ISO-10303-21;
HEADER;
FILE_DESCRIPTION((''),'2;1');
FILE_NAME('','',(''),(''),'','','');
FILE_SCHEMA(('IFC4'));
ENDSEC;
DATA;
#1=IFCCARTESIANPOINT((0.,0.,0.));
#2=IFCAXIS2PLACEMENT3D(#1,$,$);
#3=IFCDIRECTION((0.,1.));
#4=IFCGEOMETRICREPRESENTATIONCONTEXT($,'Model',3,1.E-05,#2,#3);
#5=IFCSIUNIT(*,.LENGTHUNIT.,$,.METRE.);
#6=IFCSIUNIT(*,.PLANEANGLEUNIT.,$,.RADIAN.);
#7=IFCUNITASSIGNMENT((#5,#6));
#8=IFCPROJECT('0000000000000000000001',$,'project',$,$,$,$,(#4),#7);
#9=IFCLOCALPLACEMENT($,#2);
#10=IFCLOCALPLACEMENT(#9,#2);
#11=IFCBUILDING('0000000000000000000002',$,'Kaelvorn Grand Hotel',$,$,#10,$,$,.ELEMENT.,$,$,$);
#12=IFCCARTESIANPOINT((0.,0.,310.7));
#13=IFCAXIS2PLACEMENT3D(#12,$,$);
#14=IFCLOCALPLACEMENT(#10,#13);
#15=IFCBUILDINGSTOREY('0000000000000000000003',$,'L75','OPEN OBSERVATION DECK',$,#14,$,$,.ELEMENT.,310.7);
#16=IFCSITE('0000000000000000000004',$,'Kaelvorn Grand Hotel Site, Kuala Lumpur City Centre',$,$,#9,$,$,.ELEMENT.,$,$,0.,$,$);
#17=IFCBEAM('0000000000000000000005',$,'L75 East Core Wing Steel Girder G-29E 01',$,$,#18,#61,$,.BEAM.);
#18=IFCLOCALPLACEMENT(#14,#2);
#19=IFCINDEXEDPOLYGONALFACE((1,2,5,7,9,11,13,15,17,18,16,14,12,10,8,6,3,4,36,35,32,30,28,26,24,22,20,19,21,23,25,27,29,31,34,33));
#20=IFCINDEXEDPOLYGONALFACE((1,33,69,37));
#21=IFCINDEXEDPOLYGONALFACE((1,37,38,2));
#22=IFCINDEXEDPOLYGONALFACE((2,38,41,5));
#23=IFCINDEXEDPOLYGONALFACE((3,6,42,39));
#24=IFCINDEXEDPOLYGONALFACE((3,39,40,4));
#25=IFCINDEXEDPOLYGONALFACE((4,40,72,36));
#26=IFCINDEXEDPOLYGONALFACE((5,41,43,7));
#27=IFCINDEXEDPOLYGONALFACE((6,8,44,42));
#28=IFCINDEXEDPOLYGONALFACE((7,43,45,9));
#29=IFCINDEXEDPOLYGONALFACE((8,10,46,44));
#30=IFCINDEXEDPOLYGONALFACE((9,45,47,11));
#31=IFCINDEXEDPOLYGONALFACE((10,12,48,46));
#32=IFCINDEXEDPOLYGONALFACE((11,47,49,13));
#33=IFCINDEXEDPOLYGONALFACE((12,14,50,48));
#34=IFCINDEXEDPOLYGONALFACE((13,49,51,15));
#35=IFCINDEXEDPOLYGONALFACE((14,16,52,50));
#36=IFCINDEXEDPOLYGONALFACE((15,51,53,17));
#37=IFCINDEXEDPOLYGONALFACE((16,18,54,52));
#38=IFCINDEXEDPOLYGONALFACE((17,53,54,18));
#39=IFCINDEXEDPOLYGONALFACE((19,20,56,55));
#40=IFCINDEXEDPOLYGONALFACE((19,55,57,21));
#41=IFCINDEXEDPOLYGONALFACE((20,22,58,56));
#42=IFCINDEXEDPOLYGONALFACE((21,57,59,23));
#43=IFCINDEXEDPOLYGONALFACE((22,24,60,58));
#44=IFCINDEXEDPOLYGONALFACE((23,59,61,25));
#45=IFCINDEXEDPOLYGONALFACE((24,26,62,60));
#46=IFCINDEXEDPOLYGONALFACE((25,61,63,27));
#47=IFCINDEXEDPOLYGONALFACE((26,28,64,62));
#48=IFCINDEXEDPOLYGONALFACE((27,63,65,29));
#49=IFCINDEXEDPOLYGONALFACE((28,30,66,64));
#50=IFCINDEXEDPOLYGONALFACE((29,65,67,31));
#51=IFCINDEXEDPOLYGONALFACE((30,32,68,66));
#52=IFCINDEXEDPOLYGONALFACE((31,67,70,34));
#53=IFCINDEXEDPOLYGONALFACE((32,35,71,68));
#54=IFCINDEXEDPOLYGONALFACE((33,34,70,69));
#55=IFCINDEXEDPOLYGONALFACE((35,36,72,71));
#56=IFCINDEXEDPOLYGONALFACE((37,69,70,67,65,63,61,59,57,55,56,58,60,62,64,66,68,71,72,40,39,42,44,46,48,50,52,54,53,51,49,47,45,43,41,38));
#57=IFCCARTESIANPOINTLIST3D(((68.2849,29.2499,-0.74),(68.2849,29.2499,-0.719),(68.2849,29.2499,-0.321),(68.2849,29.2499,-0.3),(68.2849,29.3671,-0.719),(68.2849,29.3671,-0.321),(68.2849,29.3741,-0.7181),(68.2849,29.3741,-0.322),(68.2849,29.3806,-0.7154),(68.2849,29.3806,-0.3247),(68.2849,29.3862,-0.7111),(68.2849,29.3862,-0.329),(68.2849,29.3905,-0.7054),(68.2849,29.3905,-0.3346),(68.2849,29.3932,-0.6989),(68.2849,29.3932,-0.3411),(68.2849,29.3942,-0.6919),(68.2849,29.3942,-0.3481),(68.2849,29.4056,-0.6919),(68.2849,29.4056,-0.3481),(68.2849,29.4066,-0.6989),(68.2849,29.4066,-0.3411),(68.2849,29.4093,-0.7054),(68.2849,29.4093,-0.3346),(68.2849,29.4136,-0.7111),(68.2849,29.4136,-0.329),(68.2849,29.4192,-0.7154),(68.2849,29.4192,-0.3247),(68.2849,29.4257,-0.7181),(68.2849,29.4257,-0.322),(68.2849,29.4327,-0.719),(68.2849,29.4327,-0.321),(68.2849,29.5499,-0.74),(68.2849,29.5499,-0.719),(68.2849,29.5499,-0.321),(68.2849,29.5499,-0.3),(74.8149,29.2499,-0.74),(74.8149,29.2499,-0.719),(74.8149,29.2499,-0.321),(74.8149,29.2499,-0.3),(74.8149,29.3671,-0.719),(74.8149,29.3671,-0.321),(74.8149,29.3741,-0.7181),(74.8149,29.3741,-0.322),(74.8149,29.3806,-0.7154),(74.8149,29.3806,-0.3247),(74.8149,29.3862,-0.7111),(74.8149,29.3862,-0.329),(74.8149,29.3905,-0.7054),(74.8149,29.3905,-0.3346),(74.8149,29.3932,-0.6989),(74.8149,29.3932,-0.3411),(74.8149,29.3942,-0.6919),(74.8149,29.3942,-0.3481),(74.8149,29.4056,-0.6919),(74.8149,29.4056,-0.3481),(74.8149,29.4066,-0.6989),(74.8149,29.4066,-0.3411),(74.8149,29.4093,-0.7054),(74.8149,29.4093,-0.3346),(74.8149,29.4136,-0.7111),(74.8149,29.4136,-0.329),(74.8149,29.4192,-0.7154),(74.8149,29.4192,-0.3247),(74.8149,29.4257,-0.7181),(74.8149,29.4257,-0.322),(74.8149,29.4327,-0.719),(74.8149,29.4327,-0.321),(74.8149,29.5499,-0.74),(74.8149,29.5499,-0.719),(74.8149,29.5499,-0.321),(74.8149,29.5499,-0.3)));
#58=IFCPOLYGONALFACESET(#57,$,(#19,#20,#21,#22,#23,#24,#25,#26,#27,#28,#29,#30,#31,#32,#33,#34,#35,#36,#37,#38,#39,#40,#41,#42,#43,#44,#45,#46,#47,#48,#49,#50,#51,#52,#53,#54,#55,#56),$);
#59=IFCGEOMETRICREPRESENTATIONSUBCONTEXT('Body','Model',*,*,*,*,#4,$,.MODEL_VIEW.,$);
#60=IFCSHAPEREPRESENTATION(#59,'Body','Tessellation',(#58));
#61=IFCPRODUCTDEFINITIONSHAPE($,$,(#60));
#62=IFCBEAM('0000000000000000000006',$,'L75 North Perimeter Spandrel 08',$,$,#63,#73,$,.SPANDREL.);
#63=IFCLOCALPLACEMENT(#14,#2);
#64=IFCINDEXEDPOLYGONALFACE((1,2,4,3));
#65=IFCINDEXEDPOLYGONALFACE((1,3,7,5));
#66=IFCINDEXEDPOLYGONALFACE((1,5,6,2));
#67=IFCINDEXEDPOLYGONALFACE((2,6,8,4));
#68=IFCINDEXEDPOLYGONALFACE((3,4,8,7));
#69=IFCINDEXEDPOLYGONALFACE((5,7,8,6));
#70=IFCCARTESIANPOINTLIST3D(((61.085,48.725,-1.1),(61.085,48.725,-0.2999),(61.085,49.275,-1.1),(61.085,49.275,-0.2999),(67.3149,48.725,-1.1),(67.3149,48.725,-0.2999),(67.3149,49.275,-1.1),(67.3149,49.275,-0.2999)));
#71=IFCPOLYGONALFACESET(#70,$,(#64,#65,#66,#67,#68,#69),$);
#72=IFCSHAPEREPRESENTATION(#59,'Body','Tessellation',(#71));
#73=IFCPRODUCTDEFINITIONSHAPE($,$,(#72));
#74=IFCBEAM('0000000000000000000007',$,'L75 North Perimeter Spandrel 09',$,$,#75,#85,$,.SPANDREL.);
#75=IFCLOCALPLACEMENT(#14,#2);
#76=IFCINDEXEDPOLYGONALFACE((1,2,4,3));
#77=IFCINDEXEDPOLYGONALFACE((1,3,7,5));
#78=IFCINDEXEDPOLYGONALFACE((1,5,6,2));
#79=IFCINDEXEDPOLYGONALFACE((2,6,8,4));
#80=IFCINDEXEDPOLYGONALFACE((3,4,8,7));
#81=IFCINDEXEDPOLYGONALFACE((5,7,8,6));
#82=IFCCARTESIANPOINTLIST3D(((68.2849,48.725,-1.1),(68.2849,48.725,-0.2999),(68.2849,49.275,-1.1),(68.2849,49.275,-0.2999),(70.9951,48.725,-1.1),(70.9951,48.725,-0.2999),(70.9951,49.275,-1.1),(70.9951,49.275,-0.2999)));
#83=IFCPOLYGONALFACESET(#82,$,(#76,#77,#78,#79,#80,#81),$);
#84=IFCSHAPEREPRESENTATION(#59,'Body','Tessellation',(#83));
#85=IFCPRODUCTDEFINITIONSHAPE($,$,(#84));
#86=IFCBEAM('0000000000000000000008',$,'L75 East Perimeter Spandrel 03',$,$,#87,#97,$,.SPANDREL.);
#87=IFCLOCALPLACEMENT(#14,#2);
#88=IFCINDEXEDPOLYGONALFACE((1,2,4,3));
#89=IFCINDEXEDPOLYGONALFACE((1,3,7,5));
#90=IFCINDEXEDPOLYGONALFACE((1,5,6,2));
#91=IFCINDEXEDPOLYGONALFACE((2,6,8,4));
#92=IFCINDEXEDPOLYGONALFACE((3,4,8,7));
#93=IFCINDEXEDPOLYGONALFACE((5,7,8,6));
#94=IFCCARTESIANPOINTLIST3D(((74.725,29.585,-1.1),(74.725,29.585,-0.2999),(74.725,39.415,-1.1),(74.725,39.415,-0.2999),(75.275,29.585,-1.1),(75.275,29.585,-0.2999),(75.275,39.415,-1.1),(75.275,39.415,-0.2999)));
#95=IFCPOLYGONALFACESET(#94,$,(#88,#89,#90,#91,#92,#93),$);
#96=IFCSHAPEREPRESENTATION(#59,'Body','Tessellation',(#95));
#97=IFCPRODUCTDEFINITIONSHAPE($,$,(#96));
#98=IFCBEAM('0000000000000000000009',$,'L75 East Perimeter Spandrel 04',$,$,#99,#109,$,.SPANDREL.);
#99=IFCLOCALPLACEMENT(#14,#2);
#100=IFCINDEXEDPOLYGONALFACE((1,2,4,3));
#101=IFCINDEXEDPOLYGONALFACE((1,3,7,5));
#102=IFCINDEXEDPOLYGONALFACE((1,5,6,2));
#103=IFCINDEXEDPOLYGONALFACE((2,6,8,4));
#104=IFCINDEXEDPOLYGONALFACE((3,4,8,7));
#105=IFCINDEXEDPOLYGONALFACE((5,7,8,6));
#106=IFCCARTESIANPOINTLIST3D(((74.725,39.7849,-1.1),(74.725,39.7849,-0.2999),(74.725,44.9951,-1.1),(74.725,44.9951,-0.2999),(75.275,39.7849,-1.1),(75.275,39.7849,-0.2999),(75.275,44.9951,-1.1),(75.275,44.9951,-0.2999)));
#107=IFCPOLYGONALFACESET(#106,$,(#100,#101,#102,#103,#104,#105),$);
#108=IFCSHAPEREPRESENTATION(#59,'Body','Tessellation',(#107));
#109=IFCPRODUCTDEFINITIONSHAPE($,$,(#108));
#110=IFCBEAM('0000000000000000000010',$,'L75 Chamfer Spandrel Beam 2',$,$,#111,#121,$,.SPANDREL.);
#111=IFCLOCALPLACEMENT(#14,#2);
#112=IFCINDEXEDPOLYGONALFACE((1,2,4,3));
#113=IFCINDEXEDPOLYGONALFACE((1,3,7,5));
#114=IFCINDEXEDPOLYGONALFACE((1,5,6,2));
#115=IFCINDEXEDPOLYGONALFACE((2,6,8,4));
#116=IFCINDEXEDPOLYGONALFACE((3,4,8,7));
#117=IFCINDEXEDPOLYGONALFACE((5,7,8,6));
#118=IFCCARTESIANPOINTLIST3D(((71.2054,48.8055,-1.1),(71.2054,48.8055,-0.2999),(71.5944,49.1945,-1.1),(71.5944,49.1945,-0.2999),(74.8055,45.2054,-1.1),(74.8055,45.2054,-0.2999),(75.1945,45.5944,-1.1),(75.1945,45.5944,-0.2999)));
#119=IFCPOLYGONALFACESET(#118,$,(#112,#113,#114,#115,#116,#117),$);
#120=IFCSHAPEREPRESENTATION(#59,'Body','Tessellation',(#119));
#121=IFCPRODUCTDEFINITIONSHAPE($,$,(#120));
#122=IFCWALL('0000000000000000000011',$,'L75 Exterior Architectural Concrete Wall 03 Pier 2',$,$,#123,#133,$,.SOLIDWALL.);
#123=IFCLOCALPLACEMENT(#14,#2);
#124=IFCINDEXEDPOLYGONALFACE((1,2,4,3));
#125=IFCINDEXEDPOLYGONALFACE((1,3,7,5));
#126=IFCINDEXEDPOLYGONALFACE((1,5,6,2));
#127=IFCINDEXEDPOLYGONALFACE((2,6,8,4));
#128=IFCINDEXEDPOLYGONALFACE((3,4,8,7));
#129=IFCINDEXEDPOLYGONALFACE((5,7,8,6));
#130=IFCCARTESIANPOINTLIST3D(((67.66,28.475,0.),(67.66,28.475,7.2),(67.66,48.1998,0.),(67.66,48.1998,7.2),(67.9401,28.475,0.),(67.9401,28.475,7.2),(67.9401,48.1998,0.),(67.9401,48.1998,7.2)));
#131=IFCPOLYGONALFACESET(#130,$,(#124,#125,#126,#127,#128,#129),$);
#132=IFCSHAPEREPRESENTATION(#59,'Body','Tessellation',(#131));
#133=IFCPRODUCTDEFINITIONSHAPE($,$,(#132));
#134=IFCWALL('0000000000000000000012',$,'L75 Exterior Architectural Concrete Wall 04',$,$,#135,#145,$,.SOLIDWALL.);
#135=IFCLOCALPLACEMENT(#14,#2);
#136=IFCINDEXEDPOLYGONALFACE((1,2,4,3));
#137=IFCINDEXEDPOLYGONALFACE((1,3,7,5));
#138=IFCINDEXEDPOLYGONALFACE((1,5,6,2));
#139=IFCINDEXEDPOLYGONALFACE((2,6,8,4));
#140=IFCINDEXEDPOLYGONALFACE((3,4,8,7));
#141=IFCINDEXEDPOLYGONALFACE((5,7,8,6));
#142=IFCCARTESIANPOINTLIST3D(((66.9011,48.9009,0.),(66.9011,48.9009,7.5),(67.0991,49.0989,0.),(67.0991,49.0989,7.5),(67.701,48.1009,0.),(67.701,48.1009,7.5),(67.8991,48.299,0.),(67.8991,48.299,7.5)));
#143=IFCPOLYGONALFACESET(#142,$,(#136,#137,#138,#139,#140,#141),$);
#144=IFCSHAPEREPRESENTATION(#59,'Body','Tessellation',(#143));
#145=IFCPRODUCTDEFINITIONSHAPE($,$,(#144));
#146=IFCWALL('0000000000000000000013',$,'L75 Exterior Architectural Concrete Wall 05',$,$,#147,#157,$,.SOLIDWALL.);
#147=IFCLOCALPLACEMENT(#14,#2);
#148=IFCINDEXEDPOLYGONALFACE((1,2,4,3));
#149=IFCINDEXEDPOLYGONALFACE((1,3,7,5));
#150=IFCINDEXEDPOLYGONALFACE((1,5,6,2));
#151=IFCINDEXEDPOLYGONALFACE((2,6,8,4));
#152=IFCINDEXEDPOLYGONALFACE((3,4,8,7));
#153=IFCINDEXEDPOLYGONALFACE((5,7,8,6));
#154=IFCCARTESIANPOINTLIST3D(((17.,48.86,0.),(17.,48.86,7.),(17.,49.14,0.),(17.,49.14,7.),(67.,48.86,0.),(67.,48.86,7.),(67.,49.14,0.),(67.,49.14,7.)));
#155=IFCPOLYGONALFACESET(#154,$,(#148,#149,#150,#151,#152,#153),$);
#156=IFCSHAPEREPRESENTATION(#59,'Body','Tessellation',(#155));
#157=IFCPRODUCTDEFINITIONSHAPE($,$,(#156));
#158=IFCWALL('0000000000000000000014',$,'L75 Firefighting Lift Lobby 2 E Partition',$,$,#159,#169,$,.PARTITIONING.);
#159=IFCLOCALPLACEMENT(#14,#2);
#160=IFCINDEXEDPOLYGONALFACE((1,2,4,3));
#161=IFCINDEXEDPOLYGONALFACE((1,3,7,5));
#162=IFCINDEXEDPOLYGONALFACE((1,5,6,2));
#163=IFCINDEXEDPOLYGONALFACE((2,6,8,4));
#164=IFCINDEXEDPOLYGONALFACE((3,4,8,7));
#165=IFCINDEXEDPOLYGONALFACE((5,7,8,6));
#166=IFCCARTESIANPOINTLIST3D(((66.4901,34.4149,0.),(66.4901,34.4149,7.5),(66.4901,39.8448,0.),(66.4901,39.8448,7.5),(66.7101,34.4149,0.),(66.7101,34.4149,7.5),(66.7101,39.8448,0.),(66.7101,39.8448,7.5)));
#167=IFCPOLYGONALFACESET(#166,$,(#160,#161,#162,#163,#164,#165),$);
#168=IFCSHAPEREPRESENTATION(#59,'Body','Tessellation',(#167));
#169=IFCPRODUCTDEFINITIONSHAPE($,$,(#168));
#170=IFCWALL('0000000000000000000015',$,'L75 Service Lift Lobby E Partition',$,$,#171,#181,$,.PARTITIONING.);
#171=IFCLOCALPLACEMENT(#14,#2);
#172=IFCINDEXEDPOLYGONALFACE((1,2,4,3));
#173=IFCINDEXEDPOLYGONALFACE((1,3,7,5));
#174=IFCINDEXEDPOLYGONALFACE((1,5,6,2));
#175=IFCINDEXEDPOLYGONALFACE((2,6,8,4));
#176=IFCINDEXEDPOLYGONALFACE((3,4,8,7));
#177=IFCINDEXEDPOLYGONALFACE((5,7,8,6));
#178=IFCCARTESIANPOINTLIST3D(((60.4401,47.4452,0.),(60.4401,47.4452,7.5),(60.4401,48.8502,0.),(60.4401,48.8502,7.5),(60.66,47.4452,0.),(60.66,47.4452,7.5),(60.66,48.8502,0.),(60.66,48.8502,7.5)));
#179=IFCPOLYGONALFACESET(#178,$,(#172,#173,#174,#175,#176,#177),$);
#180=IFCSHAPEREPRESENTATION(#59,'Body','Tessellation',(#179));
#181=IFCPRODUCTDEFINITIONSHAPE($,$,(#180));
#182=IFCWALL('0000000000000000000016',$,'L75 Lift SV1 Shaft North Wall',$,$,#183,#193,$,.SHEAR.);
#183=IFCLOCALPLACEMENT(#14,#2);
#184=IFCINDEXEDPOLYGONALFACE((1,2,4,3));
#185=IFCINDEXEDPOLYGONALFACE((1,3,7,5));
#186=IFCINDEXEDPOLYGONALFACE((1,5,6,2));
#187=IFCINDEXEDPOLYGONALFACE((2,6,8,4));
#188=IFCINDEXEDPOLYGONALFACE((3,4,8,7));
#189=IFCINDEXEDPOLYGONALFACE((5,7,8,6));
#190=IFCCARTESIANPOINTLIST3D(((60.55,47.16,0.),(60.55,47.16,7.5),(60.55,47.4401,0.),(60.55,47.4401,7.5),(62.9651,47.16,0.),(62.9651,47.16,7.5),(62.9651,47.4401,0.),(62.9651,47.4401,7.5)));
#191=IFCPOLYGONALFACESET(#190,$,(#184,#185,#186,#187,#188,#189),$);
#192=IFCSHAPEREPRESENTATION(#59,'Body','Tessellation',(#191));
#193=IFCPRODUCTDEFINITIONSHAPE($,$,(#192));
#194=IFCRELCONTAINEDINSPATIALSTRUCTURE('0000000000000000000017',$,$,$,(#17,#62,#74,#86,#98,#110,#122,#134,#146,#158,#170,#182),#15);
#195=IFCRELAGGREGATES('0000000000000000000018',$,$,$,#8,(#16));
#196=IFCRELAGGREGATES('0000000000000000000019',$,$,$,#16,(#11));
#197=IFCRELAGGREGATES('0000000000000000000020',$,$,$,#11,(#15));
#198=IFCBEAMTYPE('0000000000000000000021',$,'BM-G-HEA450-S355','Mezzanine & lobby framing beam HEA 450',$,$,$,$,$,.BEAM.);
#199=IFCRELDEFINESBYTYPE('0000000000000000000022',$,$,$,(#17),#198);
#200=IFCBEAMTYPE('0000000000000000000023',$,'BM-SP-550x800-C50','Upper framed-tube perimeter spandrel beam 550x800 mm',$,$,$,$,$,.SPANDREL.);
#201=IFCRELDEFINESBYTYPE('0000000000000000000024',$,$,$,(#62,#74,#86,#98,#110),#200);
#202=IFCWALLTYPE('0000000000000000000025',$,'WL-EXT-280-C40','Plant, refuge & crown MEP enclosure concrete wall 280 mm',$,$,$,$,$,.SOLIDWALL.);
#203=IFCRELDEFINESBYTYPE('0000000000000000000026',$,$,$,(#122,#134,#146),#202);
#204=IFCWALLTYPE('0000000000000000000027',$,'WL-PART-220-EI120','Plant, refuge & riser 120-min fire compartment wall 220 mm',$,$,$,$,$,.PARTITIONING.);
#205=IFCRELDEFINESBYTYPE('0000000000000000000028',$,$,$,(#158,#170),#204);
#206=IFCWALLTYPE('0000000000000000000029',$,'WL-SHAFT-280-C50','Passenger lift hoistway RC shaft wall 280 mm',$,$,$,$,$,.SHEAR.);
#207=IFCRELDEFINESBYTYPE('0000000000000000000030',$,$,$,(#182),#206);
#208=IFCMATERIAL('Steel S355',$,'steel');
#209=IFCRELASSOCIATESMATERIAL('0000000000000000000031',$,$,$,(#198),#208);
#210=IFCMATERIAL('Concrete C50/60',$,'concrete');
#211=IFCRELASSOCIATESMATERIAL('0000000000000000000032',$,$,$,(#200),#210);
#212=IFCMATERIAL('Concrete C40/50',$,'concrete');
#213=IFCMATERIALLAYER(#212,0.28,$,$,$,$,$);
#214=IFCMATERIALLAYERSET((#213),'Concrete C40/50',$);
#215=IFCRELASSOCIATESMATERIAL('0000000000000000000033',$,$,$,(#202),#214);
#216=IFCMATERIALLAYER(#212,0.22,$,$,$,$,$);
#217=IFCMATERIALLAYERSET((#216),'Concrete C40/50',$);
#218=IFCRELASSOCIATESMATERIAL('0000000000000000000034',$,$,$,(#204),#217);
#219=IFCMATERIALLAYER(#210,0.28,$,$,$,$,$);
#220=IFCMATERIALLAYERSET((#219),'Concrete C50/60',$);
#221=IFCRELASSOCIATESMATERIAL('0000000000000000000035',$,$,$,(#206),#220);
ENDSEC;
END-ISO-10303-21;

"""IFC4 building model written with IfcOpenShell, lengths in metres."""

from ifc_helpers import new_model, si_unit, direction, frame, frame_2d, origin, origin_2d, place, context, subcontext, project, spatial, rectangle, i_section, extrude, material, layer, layer_set, material_profile, profile_set, type_object, element, save


model = new_model("IFC4")

# Units and contexts
model_context = context("Model", 3, precision=1e-05, world=origin(), true_north=direction((0.0, 1.0)))
body_context = subcontext(model_context, "Body", "Model", "MODEL_VIEW")
ifc_project = project(units=[si_unit("LENGTHUNIT", "METRE"), si_unit("PLANEANGLEUNIT", "RADIAN")], contexts=[model_context])

# Site, building, storey
site_placement = place(None, origin())
site = spatial("IfcSite", under=ifc_project, at=site_placement, Name="Kaelvorn Grand Hotel Site, Kuala Lumpur City Centre", CompositionType="ELEMENT", RefElevation=0.0)
building_placement = place(site_placement, origin())
building = spatial("IfcBuilding", under=site, at=building_placement, Name="Kaelvorn Grand Hotel", CompositionType="ELEMENT")
storey_placement = place(building_placement, frame((0.0, 0.0, 310.7)))
storey = spatial("IfcBuildingStorey", under=building, at=storey_placement, Name="L75", Description="OPEN OBSERVATION DECK", CompositionType="ELEMENT", Elevation=310.7)

# Shared definitions
ifc_material_1 = material(Name="Concrete C50/60", Category="concrete")
ifc_material_2 = material(Name="Steel S355", Category="steel")

# Beams
ifc_material_profile_1 = material_profile(ifc_material_2, i_section(OverallWidth=0.3, OverallDepth=0.4399, WebThickness=0.0115, FlangeThickness=0.021, FilletRadius=0.0271, at=origin_2d()), Name="HEA 450")
ifc_profile_set_1 = profile_set([ifc_material_profile_1], Name="Steel S355")
beam_type_1 = type_object("IfcBeamType", Name="BM-G-HEA450-S355", Description="Mezzanine & lobby framing beam HEA 450", PredefinedType="BEAM", material=ifc_profile_set_1)
beam_1_placement = place(storey_placement, frame((68.2849, 29.3999, -0.52), z_axis=(1.0, 0.0, 0.0), x_axis=(0.0, 1.0, 0.0)))
element("IfcBeam", 1, at=beam_1_placement, inside=storey, type_object=beam_type_1, Name="L75 East Core Wing Steel Girder G-29E 01", PredefinedType="BEAM", context=body_context, shape_type="SweptSolid", body=[
    extrude(i_section(OverallWidth=0.3, OverallDepth=0.4399, WebThickness=0.0115, FlangeThickness=0.021, FilletRadius=0.0271, at=origin_2d()), origin(), (0.0, 0.0, 1.0), 6.53),
])
ifc_material_profile_2 = material_profile(ifc_material_1, rectangle(XDim=0.55, YDim=0.8, at=origin_2d()), Name="RC SPANDREL 550x800")
ifc_profile_set_2 = profile_set([ifc_material_profile_2], Name="Concrete C50/60")
beam_type_2 = type_object("IfcBeamType", Name="BM-SP-550x800-C50", Description="Upper framed-tube perimeter spandrel beam 550x800 mm", PredefinedType="SPANDREL", material=ifc_profile_set_2)
beam_2_placement = place(storey_placement, frame((61.085, 49.0, -0.7), z_axis=(1.0, 0.0, 0.0), x_axis=(0.0, 1.0, 0.0)))
element("IfcBeam", 2, at=beam_2_placement, inside=storey, type_object=beam_type_2, Name="L75 North Perimeter Spandrel 08", PredefinedType="SPANDREL", context=body_context, shape_type="SweptSolid", body=[
    extrude(rectangle(XDim=0.55, YDim=0.8, at=origin_2d()), origin(), (0.0, 0.0, 1.0), 6.23),
])
beam_3_placement = place(storey_placement, frame((68.2849, 49.0, -0.7), z_axis=(1.0, 0.0, 0.0), x_axis=(0.0, 1.0, 0.0)))
element("IfcBeam", 3, at=beam_3_placement, inside=storey, type_object=beam_type_2, Name="L75 North Perimeter Spandrel 09", PredefinedType="SPANDREL", context=body_context, shape_type="SweptSolid", body=[
    extrude(rectangle(XDim=0.55, YDim=0.8, at=origin_2d()), origin(), (0.0, 0.0, 1.0), 2.7102),
])
beam_4_placement = place(storey_placement, frame((75.0, 29.585, -0.7), z_axis=(0.0, 1.0, 0.0), x_axis=(-1.0, 0.0, 0.0)))
element("IfcBeam", 4, at=beam_4_placement, inside=storey, type_object=beam_type_2, Name="L75 East Perimeter Spandrel 03", PredefinedType="SPANDREL", context=body_context, shape_type="SweptSolid", body=[
    extrude(rectangle(XDim=0.55, YDim=0.8, at=origin_2d()), origin(), (0.0, 0.0, 1.0), 9.8301),
])
beam_5_placement = place(storey_placement, frame((75.0, 39.7849, -0.7), z_axis=(0.0, 1.0, 0.0), x_axis=(-1.0, 0.0, 0.0)))
element("IfcBeam", 5, at=beam_5_placement, inside=storey, type_object=beam_type_2, Name="L75 East Perimeter Spandrel 04", PredefinedType="SPANDREL", context=body_context, shape_type="SweptSolid", body=[
    extrude(rectangle(XDim=0.55, YDim=0.8, at=origin_2d()), origin(), (0.0, 0.0, 1.0), 5.2102),
])
beam_6_placement = place(storey_placement, frame((75.0, 45.3999, -0.7), z_axis=(-0.707107, 0.707107, 0.0), x_axis=(-0.707107, -0.707107, 0.0)))
element("IfcBeam", 6, at=beam_6_placement, inside=storey, type_object=beam_type_2, Name="L75 Chamfer Spandrel Beam 2", PredefinedType="SPANDREL", context=body_context, shape_type="SweptSolid", body=[
    extrude(rectangle(XDim=0.55, YDim=0.8, at=origin_2d()), origin(), (0.0, 0.0, 1.0), 5.0913),
])

# Walls
ifc_material_3 = material(Name="Concrete C40/50", Category="concrete")
ifc_layer_1 = layer(ifc_material_3, 0.28)
ifc_layer_set_1 = layer_set([ifc_layer_1], Name="Concrete C40/50")
wall_type_1 = type_object("IfcWallType", Name="WL-EXT-280-C40", Description="Plant, refuge & crown MEP enclosure concrete wall 280 mm", PredefinedType="SOLIDWALL", material=ifc_layer_set_1)
wall_1_placement = place(storey_placement, frame((67.8, 28.4751, 0.0), z_axis=(0.0, 0.0, 1.0), x_axis=(0.0, 1.0, 0.0)))
element("IfcWall", 7, at=wall_1_placement, inside=storey, type_object=wall_type_1, Name="L75 Exterior Architectural Concrete Wall 03 Pier 2", PredefinedType="SOLIDWALL", context=body_context, shape_type="SweptSolid", body=[
    extrude(rectangle(XDim=19.7249, YDim=0.28, at=frame_2d((9.8623, 0.0))), origin(), (0.0, 0.0, 1.0), 7.2),
])
wall_2_placement = place(storey_placement, frame((67.8, 48.2, 0.0), z_axis=(0.0, 0.0, 1.0), x_axis=(-0.707107, 0.707107, 0.0)))
element("IfcWall", 8, at=wall_2_placement, inside=storey, type_object=wall_type_1, Name="L75 Exterior Architectural Concrete Wall 04", PredefinedType="SOLIDWALL", context=body_context, shape_type="SweptSolid", body=[
    extrude(rectangle(XDim=1.1313, YDim=0.28, at=frame_2d((0.5657, 0.0))), origin(), (0.0, 0.0, 1.0), 7.5),
])
wall_3_placement = place(storey_placement, frame((67.0, 49.0, 0.0), z_axis=(0.0, 0.0, 1.0), x_axis=(-1.0, 0.0, 0.0)))
element("IfcWall", 9, at=wall_3_placement, inside=storey, type_object=wall_type_1, Name="L75 Exterior Architectural Concrete Wall 05", PredefinedType="SOLIDWALL", context=body_context, shape_type="SweptSolid", body=[
    extrude(rectangle(XDim=50.0, YDim=0.28, at=frame_2d((25.0, 0.0))), origin(), (0.0, 0.0, 1.0), 7.0),
])
ifc_layer_2 = layer(ifc_material_3, 0.22)
ifc_layer_set_2 = layer_set([ifc_layer_2], Name="Concrete C40/50")
wall_type_2 = type_object("IfcWallType", Name="WL-PART-220-EI120", Description="Plant, refuge & riser 120-min fire compartment wall 220 mm", PredefinedType="PARTITIONING", material=ifc_layer_set_2)
wall_4_placement = place(storey_placement, frame((66.6001, 34.415, 0.0), z_axis=(0.0, 0.0, 1.0), x_axis=(0.0, 1.0, 0.0)))
element("IfcWall", 10, at=wall_4_placement, inside=storey, type_object=wall_type_2, Name="L75 Firefighting Lift Lobby 2 E Partition", PredefinedType="PARTITIONING", context=body_context, shape_type="SweptSolid", body=[
    extrude(rectangle(XDim=5.4299, YDim=0.22, at=frame_2d((2.7148, 0.0))), origin(), (0.0, 0.0, 1.0), 7.5),
])
wall_5_placement = place(storey_placement, frame((60.55, 47.4451, 0.0), z_axis=(0.0, 0.0, 1.0), x_axis=(0.0, 1.0, 0.0)))
element("IfcWall", 11, at=wall_5_placement, inside=storey, type_object=wall_type_2, Name="L75 Service Lift Lobby E Partition", PredefinedType="PARTITIONING", context=body_context, shape_type="SweptSolid", body=[
    extrude(rectangle(XDim=1.405, YDim=0.22, at=frame_2d((0.7026, 0.0))), origin(), (0.0, 0.0, 1.0), 7.5),
])
ifc_layer_3 = layer(ifc_material_1, 0.28)
ifc_layer_set_3 = layer_set([ifc_layer_3], Name="Concrete C50/60")
wall_type_3 = type_object("IfcWallType", Name="WL-SHAFT-280-C50", Description="Passenger lift hoistway RC shaft wall 280 mm", PredefinedType="SHEAR", material=ifc_layer_set_3)
wall_6_placement = place(storey_placement, frame((60.55, 47.3, 0.0), z_axis=(0.0, 0.0, 1.0), x_axis=(1.0, 0.0, 0.0)))
element("IfcWall", 12, at=wall_6_placement, inside=storey, type_object=wall_type_3, Name="L75 Lift SV1 Shaft North Wall", PredefinedType="SHEAR", context=body_context, shape_type="SweptSolid", body=[
    extrude(rectangle(XDim=2.415, YDim=0.28, at=frame_2d((1.2075, 0.0))), origin(), (0.0, 0.0, 1.0), 7.5),
])

save(model, "model.ifc")
